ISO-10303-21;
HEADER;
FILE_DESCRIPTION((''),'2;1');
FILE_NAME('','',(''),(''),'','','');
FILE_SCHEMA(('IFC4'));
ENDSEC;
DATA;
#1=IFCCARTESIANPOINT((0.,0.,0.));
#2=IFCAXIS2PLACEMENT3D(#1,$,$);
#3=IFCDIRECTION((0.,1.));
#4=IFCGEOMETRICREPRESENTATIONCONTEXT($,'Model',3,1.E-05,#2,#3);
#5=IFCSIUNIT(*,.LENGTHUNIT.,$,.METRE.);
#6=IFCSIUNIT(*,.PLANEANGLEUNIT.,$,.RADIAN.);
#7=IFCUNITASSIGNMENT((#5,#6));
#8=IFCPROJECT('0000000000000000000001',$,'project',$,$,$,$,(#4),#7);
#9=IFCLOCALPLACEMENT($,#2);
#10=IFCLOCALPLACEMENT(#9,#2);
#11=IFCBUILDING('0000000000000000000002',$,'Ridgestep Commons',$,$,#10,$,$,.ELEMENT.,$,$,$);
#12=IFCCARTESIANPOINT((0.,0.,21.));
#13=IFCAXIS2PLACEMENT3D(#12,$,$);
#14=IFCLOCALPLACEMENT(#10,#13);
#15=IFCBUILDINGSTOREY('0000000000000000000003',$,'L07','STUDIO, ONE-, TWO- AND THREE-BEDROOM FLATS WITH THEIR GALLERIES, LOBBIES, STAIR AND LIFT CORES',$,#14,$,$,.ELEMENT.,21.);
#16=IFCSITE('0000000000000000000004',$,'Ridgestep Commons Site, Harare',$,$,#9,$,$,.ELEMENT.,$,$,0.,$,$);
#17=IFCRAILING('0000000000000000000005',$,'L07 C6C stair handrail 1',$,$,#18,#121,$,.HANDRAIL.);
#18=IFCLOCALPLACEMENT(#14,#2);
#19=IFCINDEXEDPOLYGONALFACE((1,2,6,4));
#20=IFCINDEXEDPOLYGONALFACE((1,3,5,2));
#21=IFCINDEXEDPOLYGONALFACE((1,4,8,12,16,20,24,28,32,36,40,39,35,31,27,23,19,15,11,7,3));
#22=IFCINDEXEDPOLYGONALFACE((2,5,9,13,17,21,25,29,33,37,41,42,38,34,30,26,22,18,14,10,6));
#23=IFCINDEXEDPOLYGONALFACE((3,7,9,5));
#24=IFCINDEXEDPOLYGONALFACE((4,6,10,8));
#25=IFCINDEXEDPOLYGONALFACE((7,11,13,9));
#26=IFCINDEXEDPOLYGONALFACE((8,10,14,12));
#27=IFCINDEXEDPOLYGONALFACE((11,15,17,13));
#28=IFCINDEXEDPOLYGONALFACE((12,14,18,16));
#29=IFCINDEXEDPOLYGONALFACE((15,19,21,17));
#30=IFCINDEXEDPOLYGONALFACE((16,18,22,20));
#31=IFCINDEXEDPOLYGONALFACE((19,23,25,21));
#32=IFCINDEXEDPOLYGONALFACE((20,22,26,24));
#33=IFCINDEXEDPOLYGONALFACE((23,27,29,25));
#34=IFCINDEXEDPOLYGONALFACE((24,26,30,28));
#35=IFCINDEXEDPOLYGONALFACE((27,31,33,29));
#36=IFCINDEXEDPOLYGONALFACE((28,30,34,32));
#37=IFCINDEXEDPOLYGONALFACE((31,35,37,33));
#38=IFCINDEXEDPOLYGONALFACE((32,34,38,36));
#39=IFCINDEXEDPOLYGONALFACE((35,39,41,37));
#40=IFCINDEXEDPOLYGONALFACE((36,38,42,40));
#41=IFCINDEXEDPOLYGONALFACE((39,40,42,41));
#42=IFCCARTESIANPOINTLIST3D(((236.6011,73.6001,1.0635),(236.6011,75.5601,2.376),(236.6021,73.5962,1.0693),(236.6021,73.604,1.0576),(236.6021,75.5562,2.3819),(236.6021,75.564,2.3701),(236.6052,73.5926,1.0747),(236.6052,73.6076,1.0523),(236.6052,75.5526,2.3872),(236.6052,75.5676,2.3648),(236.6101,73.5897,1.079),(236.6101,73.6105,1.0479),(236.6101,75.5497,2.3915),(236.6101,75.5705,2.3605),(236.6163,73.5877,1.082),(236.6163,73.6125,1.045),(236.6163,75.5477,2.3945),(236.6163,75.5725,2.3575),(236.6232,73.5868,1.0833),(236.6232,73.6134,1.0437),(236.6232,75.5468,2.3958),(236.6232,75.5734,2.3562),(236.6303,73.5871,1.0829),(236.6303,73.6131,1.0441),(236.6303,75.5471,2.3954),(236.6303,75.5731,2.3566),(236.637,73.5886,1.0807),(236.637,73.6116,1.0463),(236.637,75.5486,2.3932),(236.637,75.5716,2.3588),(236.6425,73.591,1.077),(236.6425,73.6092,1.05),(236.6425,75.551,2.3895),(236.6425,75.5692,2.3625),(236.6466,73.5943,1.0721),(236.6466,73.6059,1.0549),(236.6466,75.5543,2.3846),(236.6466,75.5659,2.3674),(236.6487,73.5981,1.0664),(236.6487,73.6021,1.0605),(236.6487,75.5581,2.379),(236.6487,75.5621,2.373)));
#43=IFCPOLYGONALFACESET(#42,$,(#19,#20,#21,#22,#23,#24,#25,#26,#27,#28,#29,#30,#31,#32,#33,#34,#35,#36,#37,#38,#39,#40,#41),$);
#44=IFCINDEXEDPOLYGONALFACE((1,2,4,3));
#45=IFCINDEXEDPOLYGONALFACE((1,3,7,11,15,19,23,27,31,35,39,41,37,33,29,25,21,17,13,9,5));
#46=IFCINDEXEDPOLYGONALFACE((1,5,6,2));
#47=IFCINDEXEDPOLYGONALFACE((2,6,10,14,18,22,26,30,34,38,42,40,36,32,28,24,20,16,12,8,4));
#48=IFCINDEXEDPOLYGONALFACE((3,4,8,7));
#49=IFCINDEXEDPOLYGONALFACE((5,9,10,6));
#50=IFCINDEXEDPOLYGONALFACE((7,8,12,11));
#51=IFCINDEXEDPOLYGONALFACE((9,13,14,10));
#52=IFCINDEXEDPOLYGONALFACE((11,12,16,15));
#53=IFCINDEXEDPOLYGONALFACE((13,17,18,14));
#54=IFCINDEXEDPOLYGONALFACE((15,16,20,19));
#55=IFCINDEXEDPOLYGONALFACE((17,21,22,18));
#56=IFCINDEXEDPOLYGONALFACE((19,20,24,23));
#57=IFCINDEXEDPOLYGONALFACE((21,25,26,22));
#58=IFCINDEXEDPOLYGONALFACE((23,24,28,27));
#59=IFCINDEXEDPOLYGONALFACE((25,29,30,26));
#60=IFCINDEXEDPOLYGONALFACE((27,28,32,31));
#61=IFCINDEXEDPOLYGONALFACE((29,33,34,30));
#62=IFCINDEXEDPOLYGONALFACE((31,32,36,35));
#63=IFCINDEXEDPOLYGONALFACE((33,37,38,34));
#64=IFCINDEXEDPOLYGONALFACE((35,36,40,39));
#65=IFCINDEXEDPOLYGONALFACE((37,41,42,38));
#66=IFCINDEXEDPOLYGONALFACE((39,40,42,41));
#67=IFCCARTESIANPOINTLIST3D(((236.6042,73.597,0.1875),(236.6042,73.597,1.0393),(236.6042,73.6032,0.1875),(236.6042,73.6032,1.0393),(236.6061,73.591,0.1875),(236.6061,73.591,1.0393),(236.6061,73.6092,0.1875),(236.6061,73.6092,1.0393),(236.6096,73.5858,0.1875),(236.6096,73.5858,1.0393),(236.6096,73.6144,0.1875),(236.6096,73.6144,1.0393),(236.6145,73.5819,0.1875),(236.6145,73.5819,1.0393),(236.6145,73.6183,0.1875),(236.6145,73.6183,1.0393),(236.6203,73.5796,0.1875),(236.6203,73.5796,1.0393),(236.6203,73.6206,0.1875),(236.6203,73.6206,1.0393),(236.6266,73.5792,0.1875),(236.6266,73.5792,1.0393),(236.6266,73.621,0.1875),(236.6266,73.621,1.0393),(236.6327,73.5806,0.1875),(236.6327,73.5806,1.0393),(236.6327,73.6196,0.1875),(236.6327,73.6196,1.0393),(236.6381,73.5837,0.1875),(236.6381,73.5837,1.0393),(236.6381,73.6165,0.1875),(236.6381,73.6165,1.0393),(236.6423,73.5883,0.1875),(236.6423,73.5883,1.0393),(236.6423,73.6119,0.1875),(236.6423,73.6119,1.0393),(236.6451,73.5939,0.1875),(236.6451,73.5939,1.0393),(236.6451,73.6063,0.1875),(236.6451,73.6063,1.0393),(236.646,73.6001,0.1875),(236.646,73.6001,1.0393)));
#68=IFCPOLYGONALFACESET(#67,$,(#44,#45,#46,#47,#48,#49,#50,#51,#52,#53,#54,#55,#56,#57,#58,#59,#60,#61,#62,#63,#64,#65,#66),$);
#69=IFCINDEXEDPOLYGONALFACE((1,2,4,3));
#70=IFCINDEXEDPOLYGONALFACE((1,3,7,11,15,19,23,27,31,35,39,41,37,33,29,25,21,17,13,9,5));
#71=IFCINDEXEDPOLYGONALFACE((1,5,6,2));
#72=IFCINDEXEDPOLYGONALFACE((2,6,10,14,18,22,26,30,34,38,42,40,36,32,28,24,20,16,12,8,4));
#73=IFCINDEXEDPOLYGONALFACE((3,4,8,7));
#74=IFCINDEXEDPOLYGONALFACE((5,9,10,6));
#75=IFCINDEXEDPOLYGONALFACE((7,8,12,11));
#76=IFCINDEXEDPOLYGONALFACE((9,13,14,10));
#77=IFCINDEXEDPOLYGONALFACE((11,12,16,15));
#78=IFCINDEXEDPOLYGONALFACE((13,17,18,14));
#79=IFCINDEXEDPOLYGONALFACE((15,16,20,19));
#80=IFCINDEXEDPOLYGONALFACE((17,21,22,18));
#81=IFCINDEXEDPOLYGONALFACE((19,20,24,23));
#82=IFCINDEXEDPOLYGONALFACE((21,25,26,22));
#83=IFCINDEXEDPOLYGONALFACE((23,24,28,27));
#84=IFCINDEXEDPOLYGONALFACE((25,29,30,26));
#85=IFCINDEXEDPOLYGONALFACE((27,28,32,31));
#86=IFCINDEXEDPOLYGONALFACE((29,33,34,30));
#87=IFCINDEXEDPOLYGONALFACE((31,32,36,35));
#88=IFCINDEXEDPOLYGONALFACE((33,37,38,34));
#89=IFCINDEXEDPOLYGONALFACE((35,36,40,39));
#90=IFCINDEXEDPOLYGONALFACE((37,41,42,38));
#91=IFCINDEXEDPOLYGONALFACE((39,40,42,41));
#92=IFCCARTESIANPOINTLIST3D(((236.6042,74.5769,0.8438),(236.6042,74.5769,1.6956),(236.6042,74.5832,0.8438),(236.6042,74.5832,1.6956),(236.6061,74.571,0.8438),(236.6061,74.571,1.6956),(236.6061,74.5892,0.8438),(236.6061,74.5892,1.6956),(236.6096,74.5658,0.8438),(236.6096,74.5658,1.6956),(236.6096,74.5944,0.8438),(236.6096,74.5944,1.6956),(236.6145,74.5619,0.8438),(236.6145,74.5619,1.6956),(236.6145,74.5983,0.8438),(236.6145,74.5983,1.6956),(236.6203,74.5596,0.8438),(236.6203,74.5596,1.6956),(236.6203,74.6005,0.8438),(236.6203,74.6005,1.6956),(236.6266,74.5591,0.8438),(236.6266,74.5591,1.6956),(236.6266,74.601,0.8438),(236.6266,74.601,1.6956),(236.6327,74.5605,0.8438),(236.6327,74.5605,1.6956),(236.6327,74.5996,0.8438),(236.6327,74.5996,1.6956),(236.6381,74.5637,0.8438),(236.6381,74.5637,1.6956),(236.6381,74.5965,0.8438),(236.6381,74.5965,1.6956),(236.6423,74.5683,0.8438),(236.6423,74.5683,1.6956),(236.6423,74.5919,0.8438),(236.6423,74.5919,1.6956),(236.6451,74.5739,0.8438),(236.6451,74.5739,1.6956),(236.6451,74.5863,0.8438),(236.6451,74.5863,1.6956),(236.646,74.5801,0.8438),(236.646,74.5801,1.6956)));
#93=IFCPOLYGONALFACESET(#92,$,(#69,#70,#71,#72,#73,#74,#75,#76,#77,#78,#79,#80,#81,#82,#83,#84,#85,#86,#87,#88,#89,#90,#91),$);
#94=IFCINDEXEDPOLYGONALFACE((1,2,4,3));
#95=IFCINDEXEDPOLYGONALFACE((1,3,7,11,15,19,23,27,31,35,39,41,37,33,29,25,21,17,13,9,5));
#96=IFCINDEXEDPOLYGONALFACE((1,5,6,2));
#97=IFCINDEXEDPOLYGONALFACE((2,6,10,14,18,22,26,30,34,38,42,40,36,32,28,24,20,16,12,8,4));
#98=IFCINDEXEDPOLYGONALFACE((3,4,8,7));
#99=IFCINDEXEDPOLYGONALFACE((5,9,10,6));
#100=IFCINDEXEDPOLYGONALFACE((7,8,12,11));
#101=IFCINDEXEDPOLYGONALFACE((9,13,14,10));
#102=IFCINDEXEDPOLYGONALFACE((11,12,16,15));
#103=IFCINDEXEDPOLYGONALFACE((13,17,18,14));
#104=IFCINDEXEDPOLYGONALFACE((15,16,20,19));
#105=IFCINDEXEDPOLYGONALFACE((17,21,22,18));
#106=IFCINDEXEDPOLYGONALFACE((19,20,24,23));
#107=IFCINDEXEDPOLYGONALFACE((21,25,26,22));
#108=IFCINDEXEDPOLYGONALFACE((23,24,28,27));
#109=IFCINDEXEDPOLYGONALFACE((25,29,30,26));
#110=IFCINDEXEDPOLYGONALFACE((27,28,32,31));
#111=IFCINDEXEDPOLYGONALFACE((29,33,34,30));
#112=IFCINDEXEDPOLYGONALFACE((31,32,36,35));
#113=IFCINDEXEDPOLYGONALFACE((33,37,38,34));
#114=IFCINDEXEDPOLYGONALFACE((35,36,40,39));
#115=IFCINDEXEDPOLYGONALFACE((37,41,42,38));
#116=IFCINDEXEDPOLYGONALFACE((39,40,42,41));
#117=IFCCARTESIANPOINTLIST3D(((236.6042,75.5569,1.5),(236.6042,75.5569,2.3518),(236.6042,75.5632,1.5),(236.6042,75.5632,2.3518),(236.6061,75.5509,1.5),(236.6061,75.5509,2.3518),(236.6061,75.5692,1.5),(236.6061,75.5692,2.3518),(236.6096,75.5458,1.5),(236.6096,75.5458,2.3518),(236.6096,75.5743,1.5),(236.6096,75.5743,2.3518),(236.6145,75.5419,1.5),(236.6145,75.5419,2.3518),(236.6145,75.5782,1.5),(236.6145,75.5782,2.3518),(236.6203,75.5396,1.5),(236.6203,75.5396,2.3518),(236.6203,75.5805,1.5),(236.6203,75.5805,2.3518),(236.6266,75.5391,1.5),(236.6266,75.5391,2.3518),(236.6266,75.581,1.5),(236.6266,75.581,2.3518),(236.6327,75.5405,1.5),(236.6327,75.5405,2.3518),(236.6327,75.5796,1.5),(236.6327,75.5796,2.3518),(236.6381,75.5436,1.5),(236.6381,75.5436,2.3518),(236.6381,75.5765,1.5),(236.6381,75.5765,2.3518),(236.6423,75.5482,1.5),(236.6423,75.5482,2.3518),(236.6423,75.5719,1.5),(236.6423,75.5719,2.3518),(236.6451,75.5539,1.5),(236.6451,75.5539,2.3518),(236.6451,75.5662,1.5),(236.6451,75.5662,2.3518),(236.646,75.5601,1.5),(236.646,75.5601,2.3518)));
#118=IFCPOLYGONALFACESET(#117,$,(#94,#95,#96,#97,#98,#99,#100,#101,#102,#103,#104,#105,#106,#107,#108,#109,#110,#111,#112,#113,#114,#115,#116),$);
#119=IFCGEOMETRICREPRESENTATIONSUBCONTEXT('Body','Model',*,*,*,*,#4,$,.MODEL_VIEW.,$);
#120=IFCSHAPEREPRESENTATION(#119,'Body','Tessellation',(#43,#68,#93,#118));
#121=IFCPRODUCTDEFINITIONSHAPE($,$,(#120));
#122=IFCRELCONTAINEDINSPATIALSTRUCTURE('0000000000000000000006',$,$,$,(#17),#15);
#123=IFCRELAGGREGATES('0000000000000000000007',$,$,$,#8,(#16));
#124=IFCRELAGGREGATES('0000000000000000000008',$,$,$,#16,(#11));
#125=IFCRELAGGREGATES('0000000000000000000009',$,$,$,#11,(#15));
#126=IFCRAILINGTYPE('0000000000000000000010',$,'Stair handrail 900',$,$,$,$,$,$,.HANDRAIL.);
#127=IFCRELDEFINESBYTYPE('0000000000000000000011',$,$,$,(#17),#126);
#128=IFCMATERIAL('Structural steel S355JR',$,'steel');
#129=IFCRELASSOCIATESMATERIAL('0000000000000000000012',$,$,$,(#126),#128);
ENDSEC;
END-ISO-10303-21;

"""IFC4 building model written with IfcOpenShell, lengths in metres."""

from ifc_helpers import new_model, si_unit, direction, frame, origin, origin_2d, place, context, subcontext, project, spatial, circle, extrude, material, type_object, element, save


model = new_model("IFC4")

# Units and contexts
model_context = context("Model", 3, precision=1e-05, world=origin(), true_north=direction((0.0, 1.0)))
body_context = subcontext(model_context, "Body", "Model", "MODEL_VIEW")
ifc_project = project(units=[si_unit("LENGTHUNIT", "METRE"), si_unit("PLANEANGLEUNIT", "RADIAN")], contexts=[model_context])

# Site, building, storey
site_placement = place(None, origin())
site = spatial("IfcSite", under=ifc_project, at=site_placement, Name="Ridgestep Commons Site, Harare", CompositionType="ELEMENT", RefElevation=0.0)
building_placement = place(site_placement, origin())
building = spatial("IfcBuilding", under=site, at=building_placement, Name="Ridgestep Commons", CompositionType="ELEMENT")
storey_placement = place(building_placement, frame((0.0, 0.0, 21.0)))
storey = spatial("IfcBuildingStorey", under=building, at=storey_placement, Name="L07", Description="STUDIO, ONE-, TWO- AND THREE-BEDROOM FLATS WITH THEIR GALLERIES, LOBBIES, STAIR AND LIFT CORES", CompositionType="ELEMENT", Elevation=21.0)

# Railing
ifc_material_1 = material(Name="Structural steel S355JR", Category="steel")
railing_type_1 = type_object("IfcRailingType", Name="Stair handrail 900", PredefinedType="HANDRAIL", material=ifc_material_1)
railing_1_placement = place(storey_placement, frame((236.625, 73.6001, 0.1875)))
element("IfcRailing", 1, at=railing_1_placement, inside=storey, type_object=railing_type_1, Name="L07 C6C stair handrail 1", PredefinedType="HANDRAIL", context=body_context, shape_type="SweptSolid", body=[
    extrude(circle(Radius=0.0239, at=origin_2d()), frame((0.0, 0.0, 0.876), z_axis=(0.0, 0.830902, 0.556419), x_axis=(-1.0, 0.0, 0.0)), (0.0, 0.0, 1.0), 2.3589),
    extrude(circle(Radius=0.021, at=origin_2d()), origin(), (0.0, 0.0, 1.0), 0.8518),
    extrude(circle(Radius=0.021, at=origin_2d()), frame((0.0, 0.98, 0.6562)), (0.0, 0.0, 1.0), 0.8518),
    extrude(circle(Radius=0.021, at=origin_2d()), frame((0.0, 1.96, 1.3125)), (0.0, 0.0, 1.0), 0.8518),
])

save(model, "model.ifc")
